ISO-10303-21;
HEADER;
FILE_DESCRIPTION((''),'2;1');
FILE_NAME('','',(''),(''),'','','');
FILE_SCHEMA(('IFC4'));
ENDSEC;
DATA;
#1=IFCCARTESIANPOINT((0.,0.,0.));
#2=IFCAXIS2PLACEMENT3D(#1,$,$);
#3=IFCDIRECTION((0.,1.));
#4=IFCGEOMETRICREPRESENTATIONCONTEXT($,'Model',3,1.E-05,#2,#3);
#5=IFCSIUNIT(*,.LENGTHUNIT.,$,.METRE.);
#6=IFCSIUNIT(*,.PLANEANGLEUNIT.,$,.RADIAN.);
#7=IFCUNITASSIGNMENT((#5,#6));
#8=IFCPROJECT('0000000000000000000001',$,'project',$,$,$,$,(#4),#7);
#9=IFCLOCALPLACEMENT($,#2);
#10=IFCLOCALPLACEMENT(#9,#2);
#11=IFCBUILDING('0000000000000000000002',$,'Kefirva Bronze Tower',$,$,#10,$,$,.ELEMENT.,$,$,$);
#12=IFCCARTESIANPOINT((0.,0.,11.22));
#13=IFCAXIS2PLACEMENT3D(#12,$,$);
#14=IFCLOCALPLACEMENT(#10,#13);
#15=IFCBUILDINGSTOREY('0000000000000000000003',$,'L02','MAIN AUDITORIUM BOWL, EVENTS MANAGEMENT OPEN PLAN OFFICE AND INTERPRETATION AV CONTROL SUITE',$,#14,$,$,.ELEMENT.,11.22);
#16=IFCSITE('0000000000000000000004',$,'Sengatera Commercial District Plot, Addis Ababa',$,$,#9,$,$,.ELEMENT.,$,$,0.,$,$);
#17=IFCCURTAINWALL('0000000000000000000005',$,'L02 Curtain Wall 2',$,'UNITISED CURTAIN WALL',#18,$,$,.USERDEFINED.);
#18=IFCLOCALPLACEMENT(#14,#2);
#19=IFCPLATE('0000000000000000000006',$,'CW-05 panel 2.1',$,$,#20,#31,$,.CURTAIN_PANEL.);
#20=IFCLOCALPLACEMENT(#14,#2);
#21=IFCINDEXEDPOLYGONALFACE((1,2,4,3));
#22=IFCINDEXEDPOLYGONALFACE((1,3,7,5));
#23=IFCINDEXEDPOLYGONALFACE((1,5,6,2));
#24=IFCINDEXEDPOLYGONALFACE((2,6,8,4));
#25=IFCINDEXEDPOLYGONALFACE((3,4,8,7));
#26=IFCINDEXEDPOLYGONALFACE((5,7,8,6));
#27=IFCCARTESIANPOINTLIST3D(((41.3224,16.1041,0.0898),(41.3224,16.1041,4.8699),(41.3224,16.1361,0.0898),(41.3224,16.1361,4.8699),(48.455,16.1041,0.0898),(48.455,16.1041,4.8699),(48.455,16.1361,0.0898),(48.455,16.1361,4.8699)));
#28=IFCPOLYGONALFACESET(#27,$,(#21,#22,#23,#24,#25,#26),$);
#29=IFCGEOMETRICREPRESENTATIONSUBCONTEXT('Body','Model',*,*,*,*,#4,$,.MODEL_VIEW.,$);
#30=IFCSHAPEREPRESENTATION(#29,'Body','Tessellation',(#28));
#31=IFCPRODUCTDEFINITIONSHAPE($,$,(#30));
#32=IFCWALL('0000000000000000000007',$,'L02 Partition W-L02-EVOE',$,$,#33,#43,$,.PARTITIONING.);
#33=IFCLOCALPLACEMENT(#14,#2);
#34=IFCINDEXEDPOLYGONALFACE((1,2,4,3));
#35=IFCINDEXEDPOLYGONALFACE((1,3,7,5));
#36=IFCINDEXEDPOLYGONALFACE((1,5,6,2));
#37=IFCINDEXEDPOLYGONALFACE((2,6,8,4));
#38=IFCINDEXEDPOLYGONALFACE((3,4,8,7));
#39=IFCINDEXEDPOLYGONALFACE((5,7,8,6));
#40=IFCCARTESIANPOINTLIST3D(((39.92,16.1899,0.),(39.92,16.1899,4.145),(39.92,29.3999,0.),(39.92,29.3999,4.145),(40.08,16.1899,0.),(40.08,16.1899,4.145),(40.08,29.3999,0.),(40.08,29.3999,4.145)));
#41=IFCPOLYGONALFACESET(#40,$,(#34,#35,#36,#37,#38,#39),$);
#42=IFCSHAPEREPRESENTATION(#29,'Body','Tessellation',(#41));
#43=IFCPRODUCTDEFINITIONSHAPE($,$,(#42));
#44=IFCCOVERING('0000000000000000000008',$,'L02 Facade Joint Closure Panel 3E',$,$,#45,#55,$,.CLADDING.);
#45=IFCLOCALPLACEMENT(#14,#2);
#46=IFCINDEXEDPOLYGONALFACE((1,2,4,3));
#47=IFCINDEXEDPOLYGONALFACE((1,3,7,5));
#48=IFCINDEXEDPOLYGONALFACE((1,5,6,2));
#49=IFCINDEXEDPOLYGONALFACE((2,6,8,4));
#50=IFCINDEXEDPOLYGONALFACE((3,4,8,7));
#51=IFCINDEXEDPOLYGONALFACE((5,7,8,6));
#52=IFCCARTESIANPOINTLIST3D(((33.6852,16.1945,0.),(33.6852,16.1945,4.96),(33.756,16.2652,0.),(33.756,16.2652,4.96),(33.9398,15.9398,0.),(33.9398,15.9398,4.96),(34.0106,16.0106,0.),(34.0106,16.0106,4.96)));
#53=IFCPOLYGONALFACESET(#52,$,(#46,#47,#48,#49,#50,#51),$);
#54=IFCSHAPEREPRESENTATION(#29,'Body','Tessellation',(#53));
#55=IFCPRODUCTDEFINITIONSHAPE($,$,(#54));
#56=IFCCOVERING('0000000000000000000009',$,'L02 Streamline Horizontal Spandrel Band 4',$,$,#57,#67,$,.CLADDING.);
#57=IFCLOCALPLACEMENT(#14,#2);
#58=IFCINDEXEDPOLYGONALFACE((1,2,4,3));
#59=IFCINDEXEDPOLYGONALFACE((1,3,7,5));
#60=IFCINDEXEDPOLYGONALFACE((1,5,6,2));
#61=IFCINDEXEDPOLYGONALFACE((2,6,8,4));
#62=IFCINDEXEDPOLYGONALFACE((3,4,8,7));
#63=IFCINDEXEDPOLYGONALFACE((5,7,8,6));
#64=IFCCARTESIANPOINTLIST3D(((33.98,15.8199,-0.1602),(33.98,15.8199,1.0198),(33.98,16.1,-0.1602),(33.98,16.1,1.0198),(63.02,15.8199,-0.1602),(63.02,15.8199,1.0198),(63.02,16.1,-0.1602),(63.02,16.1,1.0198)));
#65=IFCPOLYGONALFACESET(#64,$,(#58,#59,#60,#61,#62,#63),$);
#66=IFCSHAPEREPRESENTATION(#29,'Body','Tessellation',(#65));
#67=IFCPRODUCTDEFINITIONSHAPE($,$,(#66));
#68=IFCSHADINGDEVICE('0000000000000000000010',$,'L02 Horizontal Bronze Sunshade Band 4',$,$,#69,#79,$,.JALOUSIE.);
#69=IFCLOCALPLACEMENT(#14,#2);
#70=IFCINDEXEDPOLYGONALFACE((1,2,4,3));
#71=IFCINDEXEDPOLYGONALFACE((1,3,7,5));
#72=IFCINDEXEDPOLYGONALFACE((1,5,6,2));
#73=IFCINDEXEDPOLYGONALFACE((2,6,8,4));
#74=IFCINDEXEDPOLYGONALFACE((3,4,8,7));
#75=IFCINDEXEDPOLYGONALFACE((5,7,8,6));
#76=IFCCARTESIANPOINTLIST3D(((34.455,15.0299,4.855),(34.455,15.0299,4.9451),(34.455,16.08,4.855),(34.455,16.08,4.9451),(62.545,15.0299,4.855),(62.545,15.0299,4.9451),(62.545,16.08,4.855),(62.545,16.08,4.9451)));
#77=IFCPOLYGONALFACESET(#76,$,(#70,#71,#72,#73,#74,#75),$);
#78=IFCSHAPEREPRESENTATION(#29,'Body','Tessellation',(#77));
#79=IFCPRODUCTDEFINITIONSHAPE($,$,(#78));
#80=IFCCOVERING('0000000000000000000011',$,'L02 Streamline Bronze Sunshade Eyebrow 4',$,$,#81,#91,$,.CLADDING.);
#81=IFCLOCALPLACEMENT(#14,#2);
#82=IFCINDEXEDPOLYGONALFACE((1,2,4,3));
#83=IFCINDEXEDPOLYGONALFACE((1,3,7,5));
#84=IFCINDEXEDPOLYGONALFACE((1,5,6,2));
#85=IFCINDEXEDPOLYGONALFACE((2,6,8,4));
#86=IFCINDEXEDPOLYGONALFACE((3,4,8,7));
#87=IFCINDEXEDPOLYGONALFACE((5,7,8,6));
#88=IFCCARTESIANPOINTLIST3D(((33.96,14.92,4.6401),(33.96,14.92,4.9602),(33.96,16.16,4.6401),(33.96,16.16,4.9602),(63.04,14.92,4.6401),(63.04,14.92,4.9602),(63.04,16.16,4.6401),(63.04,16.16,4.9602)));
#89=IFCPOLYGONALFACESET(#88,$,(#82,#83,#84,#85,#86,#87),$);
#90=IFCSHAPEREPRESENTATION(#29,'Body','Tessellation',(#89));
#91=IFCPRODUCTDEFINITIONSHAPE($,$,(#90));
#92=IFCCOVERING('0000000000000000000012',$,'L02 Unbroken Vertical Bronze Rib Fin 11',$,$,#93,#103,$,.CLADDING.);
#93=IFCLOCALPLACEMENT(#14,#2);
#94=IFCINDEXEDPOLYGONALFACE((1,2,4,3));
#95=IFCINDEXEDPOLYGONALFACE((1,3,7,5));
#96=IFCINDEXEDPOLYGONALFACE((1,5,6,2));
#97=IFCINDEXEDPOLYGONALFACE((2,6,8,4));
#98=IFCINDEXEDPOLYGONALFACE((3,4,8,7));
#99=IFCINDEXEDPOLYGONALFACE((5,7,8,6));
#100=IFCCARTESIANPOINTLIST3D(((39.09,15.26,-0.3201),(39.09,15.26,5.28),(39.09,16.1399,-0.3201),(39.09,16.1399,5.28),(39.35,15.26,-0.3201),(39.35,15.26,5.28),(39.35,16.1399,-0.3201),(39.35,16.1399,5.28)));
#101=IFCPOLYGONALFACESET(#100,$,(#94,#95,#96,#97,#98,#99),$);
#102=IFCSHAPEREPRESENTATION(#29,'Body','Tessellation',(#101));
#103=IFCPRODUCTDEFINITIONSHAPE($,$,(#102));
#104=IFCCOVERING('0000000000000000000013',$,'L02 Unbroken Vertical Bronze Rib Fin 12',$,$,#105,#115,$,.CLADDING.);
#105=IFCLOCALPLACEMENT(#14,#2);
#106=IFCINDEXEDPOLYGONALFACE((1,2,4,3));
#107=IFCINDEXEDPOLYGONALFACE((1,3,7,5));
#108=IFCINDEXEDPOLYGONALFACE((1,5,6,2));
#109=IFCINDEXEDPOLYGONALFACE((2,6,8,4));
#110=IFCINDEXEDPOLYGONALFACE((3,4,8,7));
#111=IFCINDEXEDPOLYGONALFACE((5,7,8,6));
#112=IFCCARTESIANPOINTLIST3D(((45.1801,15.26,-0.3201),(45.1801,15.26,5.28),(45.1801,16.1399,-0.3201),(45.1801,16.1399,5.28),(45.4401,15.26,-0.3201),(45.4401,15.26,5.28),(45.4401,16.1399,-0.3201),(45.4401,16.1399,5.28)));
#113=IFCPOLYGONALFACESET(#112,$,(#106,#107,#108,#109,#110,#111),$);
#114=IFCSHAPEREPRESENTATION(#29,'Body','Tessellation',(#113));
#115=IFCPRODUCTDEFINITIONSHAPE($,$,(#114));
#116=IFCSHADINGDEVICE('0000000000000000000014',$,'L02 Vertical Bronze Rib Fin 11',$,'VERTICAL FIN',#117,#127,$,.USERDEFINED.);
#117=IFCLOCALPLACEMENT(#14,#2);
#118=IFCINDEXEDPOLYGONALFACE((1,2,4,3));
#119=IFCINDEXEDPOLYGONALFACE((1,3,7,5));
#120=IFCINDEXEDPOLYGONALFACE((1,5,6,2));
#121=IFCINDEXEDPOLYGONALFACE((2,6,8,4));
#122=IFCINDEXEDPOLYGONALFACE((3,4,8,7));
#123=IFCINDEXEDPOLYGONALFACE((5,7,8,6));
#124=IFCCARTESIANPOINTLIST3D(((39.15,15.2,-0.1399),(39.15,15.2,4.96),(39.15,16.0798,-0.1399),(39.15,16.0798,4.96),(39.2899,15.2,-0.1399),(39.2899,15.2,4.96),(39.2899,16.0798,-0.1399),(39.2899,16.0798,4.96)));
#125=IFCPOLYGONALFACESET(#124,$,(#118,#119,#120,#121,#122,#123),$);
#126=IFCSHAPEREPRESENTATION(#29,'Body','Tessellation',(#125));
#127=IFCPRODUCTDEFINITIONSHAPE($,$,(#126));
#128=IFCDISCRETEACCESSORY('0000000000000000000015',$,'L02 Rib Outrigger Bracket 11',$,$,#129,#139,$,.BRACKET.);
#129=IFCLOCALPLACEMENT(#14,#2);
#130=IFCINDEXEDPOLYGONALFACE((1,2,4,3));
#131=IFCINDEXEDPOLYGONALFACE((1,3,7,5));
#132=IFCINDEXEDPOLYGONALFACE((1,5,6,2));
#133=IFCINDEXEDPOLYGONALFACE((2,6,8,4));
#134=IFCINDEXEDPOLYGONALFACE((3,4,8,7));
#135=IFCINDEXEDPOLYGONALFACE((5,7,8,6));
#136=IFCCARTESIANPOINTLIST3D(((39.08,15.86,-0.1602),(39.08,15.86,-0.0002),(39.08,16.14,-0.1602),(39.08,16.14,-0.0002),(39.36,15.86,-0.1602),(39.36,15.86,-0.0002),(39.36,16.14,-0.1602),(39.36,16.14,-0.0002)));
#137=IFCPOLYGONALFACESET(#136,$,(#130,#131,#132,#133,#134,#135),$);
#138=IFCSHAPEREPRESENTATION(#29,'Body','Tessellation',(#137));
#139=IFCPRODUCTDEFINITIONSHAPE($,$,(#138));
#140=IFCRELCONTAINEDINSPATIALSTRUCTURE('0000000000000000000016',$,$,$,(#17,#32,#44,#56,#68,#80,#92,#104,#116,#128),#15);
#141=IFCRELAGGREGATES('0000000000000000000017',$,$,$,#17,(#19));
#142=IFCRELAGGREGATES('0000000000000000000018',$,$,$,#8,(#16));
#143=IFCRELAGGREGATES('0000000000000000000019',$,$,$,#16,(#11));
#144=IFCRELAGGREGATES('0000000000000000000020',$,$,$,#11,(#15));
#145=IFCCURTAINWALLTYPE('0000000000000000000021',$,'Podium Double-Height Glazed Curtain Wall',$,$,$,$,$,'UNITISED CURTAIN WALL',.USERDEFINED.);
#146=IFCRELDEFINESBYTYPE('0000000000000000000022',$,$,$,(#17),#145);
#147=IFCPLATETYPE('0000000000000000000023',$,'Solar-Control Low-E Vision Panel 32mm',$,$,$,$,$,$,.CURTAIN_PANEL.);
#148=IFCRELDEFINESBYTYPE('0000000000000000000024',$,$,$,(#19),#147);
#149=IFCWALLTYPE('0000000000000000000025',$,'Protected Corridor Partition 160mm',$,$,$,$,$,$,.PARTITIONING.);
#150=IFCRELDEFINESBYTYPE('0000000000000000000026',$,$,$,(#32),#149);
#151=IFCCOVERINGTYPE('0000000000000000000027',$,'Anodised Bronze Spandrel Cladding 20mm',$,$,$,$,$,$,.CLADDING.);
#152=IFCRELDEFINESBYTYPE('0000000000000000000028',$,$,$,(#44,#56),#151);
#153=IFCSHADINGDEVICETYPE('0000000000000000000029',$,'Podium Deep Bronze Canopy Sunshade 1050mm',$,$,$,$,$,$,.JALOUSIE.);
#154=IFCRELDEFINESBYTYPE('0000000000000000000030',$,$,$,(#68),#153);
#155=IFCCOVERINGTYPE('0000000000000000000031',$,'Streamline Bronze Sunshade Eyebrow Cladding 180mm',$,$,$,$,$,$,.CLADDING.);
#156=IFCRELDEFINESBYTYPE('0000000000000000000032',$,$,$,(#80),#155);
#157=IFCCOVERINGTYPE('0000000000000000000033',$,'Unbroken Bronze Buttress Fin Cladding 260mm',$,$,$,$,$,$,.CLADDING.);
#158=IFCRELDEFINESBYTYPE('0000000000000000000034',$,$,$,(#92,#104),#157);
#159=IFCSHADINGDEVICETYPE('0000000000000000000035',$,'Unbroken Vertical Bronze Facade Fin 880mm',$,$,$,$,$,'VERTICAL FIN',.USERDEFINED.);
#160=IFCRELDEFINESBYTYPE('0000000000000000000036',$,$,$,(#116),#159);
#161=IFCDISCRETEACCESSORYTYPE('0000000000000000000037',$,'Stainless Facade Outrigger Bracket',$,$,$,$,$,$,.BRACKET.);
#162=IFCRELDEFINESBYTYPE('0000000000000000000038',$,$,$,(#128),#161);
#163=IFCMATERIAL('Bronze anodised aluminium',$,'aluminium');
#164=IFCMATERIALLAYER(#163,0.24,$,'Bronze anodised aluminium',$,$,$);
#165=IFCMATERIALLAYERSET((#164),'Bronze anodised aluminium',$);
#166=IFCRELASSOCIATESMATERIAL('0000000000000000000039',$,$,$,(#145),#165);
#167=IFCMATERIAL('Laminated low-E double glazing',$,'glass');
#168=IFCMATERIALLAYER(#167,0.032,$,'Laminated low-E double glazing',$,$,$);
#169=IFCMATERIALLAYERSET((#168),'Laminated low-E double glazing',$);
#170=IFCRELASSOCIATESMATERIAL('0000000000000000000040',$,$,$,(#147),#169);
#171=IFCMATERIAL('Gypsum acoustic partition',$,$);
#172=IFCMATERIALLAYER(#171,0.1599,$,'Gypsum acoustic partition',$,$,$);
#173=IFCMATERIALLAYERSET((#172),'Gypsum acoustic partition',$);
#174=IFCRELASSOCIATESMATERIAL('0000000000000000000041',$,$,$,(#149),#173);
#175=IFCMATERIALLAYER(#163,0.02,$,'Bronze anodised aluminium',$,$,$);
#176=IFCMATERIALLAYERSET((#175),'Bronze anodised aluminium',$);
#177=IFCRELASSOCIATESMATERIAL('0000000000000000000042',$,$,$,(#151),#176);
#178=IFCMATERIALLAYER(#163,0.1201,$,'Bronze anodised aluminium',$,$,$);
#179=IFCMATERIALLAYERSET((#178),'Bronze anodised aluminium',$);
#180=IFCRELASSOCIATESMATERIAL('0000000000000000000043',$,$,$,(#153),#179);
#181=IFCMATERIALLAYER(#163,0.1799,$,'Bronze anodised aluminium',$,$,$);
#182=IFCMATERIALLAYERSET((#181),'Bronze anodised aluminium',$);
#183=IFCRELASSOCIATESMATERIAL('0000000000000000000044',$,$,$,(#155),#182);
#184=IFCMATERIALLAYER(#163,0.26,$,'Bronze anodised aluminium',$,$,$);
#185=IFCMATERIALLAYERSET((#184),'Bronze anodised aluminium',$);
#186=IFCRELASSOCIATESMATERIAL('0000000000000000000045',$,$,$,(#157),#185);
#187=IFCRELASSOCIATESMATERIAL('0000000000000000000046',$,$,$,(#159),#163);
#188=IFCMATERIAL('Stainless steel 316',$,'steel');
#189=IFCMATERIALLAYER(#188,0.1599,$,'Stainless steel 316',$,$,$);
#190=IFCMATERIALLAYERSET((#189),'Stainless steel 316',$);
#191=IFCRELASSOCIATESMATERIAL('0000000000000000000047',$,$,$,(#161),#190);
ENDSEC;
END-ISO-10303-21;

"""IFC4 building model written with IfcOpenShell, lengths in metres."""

from ifc_helpers import new_model, si_unit, direction, frame, frame_2d, origin, origin_2d, place, context, subcontext, project, spatial, rectangle, extrude, material, layer, layer_set, material_profile, profile_set, type_object, element, aggregate, save


model = new_model("IFC4")

# Units and contexts
model_context = context("Model", 3, precision=1e-05, world=origin(), true_north=direction((0.0, 1.0)))
body_context = subcontext(model_context, "Body", "Model", "MODEL_VIEW")
ifc_project = project(units=[si_unit("LENGTHUNIT", "METRE"), si_unit("PLANEANGLEUNIT", "RADIAN")], contexts=[model_context])

# Site, building, storey
site_placement = place(None, origin())
site = spatial("IfcSite", under=ifc_project, at=site_placement, Name="Sengatera Commercial District Plot, Addis Ababa", CompositionType="ELEMENT", RefElevation=0.0)
building_placement = place(site_placement, origin())
building = spatial("IfcBuilding", under=site, at=building_placement, Name="Kefirva Bronze Tower", CompositionType="ELEMENT")
storey_placement = place(building_placement, frame((0.0, 0.0, 11.22)))
storey = spatial("IfcBuildingStorey", under=building, at=storey_placement, Name="L02", Description="MAIN AUDITORIUM BOWL, EVENTS MANAGEMENT OPEN PLAN OFFICE AND INTERPRETATION AV CONTROL SUITE", CompositionType="ELEMENT", Elevation=11.22)

# Curtain wall
ifc_material_1 = material(Name="Bronze anodised aluminium", Category="aluminium")
ifc_layer_1 = layer(ifc_material_1, 0.24, Name="Bronze anodised aluminium")
ifc_layer_set_1 = layer_set([ifc_layer_1], Name="Bronze anodised aluminium")
curtain_wall_type = type_object("IfcCurtainWallType", Name="Podium Double-Height Glazed Curtain Wall", ElementType="UNITISED CURTAIN WALL", PredefinedType="USERDEFINED", material=ifc_layer_set_1)
curtain_wall_placement = place(storey_placement, origin())
curtain_wall = element("IfcCurtainWall", 1, at=curtain_wall_placement, inside=storey, type_object=curtain_wall_type, Name="L02 Curtain Wall 2", ObjectType="UNITISED CURTAIN WALL", PredefinedType="USERDEFINED")

# Plate
ifc_material_2 = material(Name="Laminated low-E double glazing", Category="glass")
ifc_layer_2 = layer(ifc_material_2, 0.032, Name="Laminated low-E double glazing")
ifc_layer_set_2 = layer_set([ifc_layer_2], Name="Laminated low-E double glazing")
plate_type = type_object("IfcPlateType", Name="Solar-Control Low-E Vision Panel 32mm", PredefinedType="CURTAIN_PANEL", material=ifc_layer_set_2)
plate_1_placement = place(storey_placement, frame((44.8887, 16.1201, 0.0898), z_axis=(0.0, 0.0, 1.0), x_axis=(1.0, 0.0, 0.0)))
plate_1 = element("IfcPlate", 2, at=plate_1_placement, type_object=plate_type, Name="CW-05 panel 2.1", PredefinedType="CURTAIN_PANEL", context=body_context, shape_type="SweptSolid", body=[
    extrude(rectangle(XDim=7.1326, YDim=0.032, at=origin_2d()), origin(), (0.0, 0.0, 1.0), 4.78),
])
aggregate(curtain_wall, [plate_1])

# Wall
ifc_material_3 = material(Name="Gypsum acoustic partition")
ifc_layer_3 = layer(ifc_material_3, 0.1599, Name="Gypsum acoustic partition")
ifc_layer_set_3 = layer_set([ifc_layer_3], Name="Gypsum acoustic partition")
wall_type = type_object("IfcWallType", Name="Protected Corridor Partition 160mm", PredefinedType="PARTITIONING", material=ifc_layer_set_3)
wall_placement = place(storey_placement, frame((40.0, 16.1899, 0.0), z_axis=(0.0, 0.0, 1.0), x_axis=(0.0, 1.0, 0.0)))
element("IfcWall", 3, at=wall_placement, inside=storey, type_object=wall_type, Name="L02 Partition W-L02-EVOE", PredefinedType="PARTITIONING", context=body_context, shape_type="SweptSolid", body=[
    extrude(rectangle(XDim=13.21, YDim=0.1599, at=frame_2d((6.605, 0.0))), origin(), (0.0, 0.0, 1.0), 4.145),
])

# Coverings
ifc_layer_4 = layer(ifc_material_1, 0.02, Name="Bronze anodised aluminium")
ifc_layer_set_4 = layer_set([ifc_layer_4], Name="Bronze anodised aluminium")
covering_type_1 = type_object("IfcCoveringType", Name="Anodised Bronze Spandrel Cladding 20mm", PredefinedType="CLADDING", material=ifc_layer_set_4)
covering_1_placement = place(storey_placement, frame((33.8479, 16.1025, 0.0), z_axis=(0.0, 0.0, 1.0), x_axis=(0.707107, 0.707107, 0.0)))
element("IfcCovering", 4, at=covering_1_placement, inside=storey, type_object=covering_type_1, Name="L02 Facade Joint Closure Panel 3E", PredefinedType="CLADDING", context=body_context, shape_type="SweptSolid", body=[
    extrude(rectangle(XDim=0.1001, YDim=0.3601, at=origin_2d()), origin(), (0.0, 0.0, 1.0), 4.96),
])
covering_2_placement = place(storey_placement, frame((48.5, 15.96, -0.1602), z_axis=(0.0, 0.0, 1.0), x_axis=(1.0, 0.0, 0.0)))
element("IfcCovering", 5, at=covering_2_placement, inside=storey, type_object=covering_type_1, Name="L02 Streamline Horizontal Spandrel Band 4", PredefinedType="CLADDING", context=body_context, shape_type="SweptSolid", body=[
    extrude(rectangle(XDim=29.04, YDim=0.28, at=origin_2d()), origin(), (0.0, 0.0, 1.0), 1.1799),
])

# Shading device
ifc_layer_5 = layer(ifc_material_1, 0.1201, Name="Bronze anodised aluminium")
ifc_layer_set_5 = layer_set([ifc_layer_5], Name="Bronze anodised aluminium")
shading_device_type_1 = type_object("IfcShadingDeviceType", Name="Podium Deep Bronze Canopy Sunshade 1050mm", PredefinedType="JALOUSIE", material=ifc_layer_set_5)
shading_device_1_placement = place(storey_placement, frame((48.5, 15.5549, 4.855), z_axis=(0.0, 0.0, 1.0), x_axis=(1.0, 0.0, 0.0)))
element("IfcShadingDevice", 6, at=shading_device_1_placement, inside=storey, type_object=shading_device_type_1, Name="L02 Horizontal Bronze Sunshade Band 4", PredefinedType="JALOUSIE", context=body_context, shape_type="SweptSolid", body=[
    extrude(rectangle(XDim=28.0901, YDim=1.05, at=origin_2d()), origin(), (0.0, 0.0, 1.0), 0.0901),
])

# Coverings
ifc_layer_6 = layer(ifc_material_1, 0.1799, Name="Bronze anodised aluminium")
ifc_layer_set_6 = layer_set([ifc_layer_6], Name="Bronze anodised aluminium")
covering_type_2 = type_object("IfcCoveringType", Name="Streamline Bronze Sunshade Eyebrow Cladding 180mm", PredefinedType="CLADDING", material=ifc_layer_set_6)
covering_3_placement = place(storey_placement, frame((48.5, 15.54, 4.6401), z_axis=(0.0, 0.0, 1.0), x_axis=(1.0, 0.0, 0.0)))
element("IfcCovering", 7, at=covering_3_placement, inside=storey, type_object=covering_type_2, Name="L02 Streamline Bronze Sunshade Eyebrow 4", PredefinedType="CLADDING", context=body_context, shape_type="SweptSolid", body=[
    extrude(rectangle(XDim=29.0801, YDim=1.24, at=origin_2d()), origin(), (0.0, 0.0, 1.0), 0.3201),
])
ifc_layer_7 = layer(ifc_material_1, 0.26, Name="Bronze anodised aluminium")
ifc_layer_set_7 = layer_set([ifc_layer_7], Name="Bronze anodised aluminium")
covering_type_3 = type_object("IfcCoveringType", Name="Unbroken Bronze Buttress Fin Cladding 260mm", PredefinedType="CLADDING", material=ifc_layer_set_7)
for number, where, z_axis, x_axis, name in (
    (8, (39.22, 15.7, -0.3201), (0.0, 0.0, 1.0), (1.0, 0.0, 0.0), "L02 Unbroken Vertical Bronze Rib Fin 11"),
    (9, (45.3101, 15.7, -0.3201), (0.0, 0.0, 1.0), (1.0, 0.0, 0.0), "L02 Unbroken Vertical Bronze Rib Fin 12"),
):
    element("IfcCovering", number, at=place(storey_placement, frame(where, z_axis=z_axis, x_axis=x_axis)), inside=storey, type_object=covering_type_3, Name=name, PredefinedType="CLADDING", context=body_context, shape_type="SweptSolid", body=[
        extrude(rectangle(XDim=0.26, YDim=0.8799, at=origin_2d()), origin(), (0.0, 0.0, 1.0), 5.6001),
    ])

# Shading device
ifc_material_profile_1 = material_profile(ifc_material_1, rectangle(XDim=0.1399, YDim=0.8799, at=origin_2d()), Name="BRONZE FIN 140x880")
ifc_profile_set_1 = profile_set([ifc_material_profile_1], Name="Bronze anodised aluminium")
shading_device_type_2 = type_object("IfcShadingDeviceType", Name="Unbroken Vertical Bronze Facade Fin 880mm", ElementType="VERTICAL FIN", PredefinedType="USERDEFINED", material=ifc_profile_set_1)
shading_device_2_placement = place(storey_placement, frame((39.22, 15.6399, -0.1399), z_axis=(0.0, 0.0, 1.0), x_axis=(1.0, 0.0, 0.0)))
element("IfcShadingDevice", 10, at=shading_device_2_placement, inside=storey, type_object=shading_device_type_2, Name="L02 Vertical Bronze Rib Fin 11", ObjectType="VERTICAL FIN", PredefinedType="USERDEFINED", context=body_context, shape_type="SweptSolid", body=[
    extrude(rectangle(XDim=0.1399, YDim=0.8799, at=origin_2d()), origin(), (0.0, 0.0, 1.0), 5.0999),
])

# Discrete accessory
ifc_material_4 = material(Name="Stainless steel 316", Category="steel")
ifc_layer_8 = layer(ifc_material_4, 0.1599, Name="Stainless steel 316")
ifc_layer_set_8 = layer_set([ifc_layer_8], Name="Stainless steel 316")
discrete_accessory_type = type_object("IfcDiscreteAccessoryType", Name="Stainless Facade Outrigger Bracket", PredefinedType="BRACKET", material=ifc_layer_set_8)
discrete_accessory_placement = place(storey_placement, frame((39.22, 16.0, -0.1602), z_axis=(0.0, 0.0, 1.0), x_axis=(1.0, 0.0, 0.0)))
element("IfcDiscreteAccessory", 11, at=discrete_accessory_placement, inside=storey, type_object=discrete_accessory_type, Name="L02 Rib Outrigger Bracket 11", PredefinedType="BRACKET", context=body_context, shape_type="SweptSolid", body=[
    extrude(rectangle(XDim=0.28, YDim=0.28, at=origin_2d()), origin(), (0.0, 0.0, 1.0), 0.1599),
])

save(model, "model.ifc")
